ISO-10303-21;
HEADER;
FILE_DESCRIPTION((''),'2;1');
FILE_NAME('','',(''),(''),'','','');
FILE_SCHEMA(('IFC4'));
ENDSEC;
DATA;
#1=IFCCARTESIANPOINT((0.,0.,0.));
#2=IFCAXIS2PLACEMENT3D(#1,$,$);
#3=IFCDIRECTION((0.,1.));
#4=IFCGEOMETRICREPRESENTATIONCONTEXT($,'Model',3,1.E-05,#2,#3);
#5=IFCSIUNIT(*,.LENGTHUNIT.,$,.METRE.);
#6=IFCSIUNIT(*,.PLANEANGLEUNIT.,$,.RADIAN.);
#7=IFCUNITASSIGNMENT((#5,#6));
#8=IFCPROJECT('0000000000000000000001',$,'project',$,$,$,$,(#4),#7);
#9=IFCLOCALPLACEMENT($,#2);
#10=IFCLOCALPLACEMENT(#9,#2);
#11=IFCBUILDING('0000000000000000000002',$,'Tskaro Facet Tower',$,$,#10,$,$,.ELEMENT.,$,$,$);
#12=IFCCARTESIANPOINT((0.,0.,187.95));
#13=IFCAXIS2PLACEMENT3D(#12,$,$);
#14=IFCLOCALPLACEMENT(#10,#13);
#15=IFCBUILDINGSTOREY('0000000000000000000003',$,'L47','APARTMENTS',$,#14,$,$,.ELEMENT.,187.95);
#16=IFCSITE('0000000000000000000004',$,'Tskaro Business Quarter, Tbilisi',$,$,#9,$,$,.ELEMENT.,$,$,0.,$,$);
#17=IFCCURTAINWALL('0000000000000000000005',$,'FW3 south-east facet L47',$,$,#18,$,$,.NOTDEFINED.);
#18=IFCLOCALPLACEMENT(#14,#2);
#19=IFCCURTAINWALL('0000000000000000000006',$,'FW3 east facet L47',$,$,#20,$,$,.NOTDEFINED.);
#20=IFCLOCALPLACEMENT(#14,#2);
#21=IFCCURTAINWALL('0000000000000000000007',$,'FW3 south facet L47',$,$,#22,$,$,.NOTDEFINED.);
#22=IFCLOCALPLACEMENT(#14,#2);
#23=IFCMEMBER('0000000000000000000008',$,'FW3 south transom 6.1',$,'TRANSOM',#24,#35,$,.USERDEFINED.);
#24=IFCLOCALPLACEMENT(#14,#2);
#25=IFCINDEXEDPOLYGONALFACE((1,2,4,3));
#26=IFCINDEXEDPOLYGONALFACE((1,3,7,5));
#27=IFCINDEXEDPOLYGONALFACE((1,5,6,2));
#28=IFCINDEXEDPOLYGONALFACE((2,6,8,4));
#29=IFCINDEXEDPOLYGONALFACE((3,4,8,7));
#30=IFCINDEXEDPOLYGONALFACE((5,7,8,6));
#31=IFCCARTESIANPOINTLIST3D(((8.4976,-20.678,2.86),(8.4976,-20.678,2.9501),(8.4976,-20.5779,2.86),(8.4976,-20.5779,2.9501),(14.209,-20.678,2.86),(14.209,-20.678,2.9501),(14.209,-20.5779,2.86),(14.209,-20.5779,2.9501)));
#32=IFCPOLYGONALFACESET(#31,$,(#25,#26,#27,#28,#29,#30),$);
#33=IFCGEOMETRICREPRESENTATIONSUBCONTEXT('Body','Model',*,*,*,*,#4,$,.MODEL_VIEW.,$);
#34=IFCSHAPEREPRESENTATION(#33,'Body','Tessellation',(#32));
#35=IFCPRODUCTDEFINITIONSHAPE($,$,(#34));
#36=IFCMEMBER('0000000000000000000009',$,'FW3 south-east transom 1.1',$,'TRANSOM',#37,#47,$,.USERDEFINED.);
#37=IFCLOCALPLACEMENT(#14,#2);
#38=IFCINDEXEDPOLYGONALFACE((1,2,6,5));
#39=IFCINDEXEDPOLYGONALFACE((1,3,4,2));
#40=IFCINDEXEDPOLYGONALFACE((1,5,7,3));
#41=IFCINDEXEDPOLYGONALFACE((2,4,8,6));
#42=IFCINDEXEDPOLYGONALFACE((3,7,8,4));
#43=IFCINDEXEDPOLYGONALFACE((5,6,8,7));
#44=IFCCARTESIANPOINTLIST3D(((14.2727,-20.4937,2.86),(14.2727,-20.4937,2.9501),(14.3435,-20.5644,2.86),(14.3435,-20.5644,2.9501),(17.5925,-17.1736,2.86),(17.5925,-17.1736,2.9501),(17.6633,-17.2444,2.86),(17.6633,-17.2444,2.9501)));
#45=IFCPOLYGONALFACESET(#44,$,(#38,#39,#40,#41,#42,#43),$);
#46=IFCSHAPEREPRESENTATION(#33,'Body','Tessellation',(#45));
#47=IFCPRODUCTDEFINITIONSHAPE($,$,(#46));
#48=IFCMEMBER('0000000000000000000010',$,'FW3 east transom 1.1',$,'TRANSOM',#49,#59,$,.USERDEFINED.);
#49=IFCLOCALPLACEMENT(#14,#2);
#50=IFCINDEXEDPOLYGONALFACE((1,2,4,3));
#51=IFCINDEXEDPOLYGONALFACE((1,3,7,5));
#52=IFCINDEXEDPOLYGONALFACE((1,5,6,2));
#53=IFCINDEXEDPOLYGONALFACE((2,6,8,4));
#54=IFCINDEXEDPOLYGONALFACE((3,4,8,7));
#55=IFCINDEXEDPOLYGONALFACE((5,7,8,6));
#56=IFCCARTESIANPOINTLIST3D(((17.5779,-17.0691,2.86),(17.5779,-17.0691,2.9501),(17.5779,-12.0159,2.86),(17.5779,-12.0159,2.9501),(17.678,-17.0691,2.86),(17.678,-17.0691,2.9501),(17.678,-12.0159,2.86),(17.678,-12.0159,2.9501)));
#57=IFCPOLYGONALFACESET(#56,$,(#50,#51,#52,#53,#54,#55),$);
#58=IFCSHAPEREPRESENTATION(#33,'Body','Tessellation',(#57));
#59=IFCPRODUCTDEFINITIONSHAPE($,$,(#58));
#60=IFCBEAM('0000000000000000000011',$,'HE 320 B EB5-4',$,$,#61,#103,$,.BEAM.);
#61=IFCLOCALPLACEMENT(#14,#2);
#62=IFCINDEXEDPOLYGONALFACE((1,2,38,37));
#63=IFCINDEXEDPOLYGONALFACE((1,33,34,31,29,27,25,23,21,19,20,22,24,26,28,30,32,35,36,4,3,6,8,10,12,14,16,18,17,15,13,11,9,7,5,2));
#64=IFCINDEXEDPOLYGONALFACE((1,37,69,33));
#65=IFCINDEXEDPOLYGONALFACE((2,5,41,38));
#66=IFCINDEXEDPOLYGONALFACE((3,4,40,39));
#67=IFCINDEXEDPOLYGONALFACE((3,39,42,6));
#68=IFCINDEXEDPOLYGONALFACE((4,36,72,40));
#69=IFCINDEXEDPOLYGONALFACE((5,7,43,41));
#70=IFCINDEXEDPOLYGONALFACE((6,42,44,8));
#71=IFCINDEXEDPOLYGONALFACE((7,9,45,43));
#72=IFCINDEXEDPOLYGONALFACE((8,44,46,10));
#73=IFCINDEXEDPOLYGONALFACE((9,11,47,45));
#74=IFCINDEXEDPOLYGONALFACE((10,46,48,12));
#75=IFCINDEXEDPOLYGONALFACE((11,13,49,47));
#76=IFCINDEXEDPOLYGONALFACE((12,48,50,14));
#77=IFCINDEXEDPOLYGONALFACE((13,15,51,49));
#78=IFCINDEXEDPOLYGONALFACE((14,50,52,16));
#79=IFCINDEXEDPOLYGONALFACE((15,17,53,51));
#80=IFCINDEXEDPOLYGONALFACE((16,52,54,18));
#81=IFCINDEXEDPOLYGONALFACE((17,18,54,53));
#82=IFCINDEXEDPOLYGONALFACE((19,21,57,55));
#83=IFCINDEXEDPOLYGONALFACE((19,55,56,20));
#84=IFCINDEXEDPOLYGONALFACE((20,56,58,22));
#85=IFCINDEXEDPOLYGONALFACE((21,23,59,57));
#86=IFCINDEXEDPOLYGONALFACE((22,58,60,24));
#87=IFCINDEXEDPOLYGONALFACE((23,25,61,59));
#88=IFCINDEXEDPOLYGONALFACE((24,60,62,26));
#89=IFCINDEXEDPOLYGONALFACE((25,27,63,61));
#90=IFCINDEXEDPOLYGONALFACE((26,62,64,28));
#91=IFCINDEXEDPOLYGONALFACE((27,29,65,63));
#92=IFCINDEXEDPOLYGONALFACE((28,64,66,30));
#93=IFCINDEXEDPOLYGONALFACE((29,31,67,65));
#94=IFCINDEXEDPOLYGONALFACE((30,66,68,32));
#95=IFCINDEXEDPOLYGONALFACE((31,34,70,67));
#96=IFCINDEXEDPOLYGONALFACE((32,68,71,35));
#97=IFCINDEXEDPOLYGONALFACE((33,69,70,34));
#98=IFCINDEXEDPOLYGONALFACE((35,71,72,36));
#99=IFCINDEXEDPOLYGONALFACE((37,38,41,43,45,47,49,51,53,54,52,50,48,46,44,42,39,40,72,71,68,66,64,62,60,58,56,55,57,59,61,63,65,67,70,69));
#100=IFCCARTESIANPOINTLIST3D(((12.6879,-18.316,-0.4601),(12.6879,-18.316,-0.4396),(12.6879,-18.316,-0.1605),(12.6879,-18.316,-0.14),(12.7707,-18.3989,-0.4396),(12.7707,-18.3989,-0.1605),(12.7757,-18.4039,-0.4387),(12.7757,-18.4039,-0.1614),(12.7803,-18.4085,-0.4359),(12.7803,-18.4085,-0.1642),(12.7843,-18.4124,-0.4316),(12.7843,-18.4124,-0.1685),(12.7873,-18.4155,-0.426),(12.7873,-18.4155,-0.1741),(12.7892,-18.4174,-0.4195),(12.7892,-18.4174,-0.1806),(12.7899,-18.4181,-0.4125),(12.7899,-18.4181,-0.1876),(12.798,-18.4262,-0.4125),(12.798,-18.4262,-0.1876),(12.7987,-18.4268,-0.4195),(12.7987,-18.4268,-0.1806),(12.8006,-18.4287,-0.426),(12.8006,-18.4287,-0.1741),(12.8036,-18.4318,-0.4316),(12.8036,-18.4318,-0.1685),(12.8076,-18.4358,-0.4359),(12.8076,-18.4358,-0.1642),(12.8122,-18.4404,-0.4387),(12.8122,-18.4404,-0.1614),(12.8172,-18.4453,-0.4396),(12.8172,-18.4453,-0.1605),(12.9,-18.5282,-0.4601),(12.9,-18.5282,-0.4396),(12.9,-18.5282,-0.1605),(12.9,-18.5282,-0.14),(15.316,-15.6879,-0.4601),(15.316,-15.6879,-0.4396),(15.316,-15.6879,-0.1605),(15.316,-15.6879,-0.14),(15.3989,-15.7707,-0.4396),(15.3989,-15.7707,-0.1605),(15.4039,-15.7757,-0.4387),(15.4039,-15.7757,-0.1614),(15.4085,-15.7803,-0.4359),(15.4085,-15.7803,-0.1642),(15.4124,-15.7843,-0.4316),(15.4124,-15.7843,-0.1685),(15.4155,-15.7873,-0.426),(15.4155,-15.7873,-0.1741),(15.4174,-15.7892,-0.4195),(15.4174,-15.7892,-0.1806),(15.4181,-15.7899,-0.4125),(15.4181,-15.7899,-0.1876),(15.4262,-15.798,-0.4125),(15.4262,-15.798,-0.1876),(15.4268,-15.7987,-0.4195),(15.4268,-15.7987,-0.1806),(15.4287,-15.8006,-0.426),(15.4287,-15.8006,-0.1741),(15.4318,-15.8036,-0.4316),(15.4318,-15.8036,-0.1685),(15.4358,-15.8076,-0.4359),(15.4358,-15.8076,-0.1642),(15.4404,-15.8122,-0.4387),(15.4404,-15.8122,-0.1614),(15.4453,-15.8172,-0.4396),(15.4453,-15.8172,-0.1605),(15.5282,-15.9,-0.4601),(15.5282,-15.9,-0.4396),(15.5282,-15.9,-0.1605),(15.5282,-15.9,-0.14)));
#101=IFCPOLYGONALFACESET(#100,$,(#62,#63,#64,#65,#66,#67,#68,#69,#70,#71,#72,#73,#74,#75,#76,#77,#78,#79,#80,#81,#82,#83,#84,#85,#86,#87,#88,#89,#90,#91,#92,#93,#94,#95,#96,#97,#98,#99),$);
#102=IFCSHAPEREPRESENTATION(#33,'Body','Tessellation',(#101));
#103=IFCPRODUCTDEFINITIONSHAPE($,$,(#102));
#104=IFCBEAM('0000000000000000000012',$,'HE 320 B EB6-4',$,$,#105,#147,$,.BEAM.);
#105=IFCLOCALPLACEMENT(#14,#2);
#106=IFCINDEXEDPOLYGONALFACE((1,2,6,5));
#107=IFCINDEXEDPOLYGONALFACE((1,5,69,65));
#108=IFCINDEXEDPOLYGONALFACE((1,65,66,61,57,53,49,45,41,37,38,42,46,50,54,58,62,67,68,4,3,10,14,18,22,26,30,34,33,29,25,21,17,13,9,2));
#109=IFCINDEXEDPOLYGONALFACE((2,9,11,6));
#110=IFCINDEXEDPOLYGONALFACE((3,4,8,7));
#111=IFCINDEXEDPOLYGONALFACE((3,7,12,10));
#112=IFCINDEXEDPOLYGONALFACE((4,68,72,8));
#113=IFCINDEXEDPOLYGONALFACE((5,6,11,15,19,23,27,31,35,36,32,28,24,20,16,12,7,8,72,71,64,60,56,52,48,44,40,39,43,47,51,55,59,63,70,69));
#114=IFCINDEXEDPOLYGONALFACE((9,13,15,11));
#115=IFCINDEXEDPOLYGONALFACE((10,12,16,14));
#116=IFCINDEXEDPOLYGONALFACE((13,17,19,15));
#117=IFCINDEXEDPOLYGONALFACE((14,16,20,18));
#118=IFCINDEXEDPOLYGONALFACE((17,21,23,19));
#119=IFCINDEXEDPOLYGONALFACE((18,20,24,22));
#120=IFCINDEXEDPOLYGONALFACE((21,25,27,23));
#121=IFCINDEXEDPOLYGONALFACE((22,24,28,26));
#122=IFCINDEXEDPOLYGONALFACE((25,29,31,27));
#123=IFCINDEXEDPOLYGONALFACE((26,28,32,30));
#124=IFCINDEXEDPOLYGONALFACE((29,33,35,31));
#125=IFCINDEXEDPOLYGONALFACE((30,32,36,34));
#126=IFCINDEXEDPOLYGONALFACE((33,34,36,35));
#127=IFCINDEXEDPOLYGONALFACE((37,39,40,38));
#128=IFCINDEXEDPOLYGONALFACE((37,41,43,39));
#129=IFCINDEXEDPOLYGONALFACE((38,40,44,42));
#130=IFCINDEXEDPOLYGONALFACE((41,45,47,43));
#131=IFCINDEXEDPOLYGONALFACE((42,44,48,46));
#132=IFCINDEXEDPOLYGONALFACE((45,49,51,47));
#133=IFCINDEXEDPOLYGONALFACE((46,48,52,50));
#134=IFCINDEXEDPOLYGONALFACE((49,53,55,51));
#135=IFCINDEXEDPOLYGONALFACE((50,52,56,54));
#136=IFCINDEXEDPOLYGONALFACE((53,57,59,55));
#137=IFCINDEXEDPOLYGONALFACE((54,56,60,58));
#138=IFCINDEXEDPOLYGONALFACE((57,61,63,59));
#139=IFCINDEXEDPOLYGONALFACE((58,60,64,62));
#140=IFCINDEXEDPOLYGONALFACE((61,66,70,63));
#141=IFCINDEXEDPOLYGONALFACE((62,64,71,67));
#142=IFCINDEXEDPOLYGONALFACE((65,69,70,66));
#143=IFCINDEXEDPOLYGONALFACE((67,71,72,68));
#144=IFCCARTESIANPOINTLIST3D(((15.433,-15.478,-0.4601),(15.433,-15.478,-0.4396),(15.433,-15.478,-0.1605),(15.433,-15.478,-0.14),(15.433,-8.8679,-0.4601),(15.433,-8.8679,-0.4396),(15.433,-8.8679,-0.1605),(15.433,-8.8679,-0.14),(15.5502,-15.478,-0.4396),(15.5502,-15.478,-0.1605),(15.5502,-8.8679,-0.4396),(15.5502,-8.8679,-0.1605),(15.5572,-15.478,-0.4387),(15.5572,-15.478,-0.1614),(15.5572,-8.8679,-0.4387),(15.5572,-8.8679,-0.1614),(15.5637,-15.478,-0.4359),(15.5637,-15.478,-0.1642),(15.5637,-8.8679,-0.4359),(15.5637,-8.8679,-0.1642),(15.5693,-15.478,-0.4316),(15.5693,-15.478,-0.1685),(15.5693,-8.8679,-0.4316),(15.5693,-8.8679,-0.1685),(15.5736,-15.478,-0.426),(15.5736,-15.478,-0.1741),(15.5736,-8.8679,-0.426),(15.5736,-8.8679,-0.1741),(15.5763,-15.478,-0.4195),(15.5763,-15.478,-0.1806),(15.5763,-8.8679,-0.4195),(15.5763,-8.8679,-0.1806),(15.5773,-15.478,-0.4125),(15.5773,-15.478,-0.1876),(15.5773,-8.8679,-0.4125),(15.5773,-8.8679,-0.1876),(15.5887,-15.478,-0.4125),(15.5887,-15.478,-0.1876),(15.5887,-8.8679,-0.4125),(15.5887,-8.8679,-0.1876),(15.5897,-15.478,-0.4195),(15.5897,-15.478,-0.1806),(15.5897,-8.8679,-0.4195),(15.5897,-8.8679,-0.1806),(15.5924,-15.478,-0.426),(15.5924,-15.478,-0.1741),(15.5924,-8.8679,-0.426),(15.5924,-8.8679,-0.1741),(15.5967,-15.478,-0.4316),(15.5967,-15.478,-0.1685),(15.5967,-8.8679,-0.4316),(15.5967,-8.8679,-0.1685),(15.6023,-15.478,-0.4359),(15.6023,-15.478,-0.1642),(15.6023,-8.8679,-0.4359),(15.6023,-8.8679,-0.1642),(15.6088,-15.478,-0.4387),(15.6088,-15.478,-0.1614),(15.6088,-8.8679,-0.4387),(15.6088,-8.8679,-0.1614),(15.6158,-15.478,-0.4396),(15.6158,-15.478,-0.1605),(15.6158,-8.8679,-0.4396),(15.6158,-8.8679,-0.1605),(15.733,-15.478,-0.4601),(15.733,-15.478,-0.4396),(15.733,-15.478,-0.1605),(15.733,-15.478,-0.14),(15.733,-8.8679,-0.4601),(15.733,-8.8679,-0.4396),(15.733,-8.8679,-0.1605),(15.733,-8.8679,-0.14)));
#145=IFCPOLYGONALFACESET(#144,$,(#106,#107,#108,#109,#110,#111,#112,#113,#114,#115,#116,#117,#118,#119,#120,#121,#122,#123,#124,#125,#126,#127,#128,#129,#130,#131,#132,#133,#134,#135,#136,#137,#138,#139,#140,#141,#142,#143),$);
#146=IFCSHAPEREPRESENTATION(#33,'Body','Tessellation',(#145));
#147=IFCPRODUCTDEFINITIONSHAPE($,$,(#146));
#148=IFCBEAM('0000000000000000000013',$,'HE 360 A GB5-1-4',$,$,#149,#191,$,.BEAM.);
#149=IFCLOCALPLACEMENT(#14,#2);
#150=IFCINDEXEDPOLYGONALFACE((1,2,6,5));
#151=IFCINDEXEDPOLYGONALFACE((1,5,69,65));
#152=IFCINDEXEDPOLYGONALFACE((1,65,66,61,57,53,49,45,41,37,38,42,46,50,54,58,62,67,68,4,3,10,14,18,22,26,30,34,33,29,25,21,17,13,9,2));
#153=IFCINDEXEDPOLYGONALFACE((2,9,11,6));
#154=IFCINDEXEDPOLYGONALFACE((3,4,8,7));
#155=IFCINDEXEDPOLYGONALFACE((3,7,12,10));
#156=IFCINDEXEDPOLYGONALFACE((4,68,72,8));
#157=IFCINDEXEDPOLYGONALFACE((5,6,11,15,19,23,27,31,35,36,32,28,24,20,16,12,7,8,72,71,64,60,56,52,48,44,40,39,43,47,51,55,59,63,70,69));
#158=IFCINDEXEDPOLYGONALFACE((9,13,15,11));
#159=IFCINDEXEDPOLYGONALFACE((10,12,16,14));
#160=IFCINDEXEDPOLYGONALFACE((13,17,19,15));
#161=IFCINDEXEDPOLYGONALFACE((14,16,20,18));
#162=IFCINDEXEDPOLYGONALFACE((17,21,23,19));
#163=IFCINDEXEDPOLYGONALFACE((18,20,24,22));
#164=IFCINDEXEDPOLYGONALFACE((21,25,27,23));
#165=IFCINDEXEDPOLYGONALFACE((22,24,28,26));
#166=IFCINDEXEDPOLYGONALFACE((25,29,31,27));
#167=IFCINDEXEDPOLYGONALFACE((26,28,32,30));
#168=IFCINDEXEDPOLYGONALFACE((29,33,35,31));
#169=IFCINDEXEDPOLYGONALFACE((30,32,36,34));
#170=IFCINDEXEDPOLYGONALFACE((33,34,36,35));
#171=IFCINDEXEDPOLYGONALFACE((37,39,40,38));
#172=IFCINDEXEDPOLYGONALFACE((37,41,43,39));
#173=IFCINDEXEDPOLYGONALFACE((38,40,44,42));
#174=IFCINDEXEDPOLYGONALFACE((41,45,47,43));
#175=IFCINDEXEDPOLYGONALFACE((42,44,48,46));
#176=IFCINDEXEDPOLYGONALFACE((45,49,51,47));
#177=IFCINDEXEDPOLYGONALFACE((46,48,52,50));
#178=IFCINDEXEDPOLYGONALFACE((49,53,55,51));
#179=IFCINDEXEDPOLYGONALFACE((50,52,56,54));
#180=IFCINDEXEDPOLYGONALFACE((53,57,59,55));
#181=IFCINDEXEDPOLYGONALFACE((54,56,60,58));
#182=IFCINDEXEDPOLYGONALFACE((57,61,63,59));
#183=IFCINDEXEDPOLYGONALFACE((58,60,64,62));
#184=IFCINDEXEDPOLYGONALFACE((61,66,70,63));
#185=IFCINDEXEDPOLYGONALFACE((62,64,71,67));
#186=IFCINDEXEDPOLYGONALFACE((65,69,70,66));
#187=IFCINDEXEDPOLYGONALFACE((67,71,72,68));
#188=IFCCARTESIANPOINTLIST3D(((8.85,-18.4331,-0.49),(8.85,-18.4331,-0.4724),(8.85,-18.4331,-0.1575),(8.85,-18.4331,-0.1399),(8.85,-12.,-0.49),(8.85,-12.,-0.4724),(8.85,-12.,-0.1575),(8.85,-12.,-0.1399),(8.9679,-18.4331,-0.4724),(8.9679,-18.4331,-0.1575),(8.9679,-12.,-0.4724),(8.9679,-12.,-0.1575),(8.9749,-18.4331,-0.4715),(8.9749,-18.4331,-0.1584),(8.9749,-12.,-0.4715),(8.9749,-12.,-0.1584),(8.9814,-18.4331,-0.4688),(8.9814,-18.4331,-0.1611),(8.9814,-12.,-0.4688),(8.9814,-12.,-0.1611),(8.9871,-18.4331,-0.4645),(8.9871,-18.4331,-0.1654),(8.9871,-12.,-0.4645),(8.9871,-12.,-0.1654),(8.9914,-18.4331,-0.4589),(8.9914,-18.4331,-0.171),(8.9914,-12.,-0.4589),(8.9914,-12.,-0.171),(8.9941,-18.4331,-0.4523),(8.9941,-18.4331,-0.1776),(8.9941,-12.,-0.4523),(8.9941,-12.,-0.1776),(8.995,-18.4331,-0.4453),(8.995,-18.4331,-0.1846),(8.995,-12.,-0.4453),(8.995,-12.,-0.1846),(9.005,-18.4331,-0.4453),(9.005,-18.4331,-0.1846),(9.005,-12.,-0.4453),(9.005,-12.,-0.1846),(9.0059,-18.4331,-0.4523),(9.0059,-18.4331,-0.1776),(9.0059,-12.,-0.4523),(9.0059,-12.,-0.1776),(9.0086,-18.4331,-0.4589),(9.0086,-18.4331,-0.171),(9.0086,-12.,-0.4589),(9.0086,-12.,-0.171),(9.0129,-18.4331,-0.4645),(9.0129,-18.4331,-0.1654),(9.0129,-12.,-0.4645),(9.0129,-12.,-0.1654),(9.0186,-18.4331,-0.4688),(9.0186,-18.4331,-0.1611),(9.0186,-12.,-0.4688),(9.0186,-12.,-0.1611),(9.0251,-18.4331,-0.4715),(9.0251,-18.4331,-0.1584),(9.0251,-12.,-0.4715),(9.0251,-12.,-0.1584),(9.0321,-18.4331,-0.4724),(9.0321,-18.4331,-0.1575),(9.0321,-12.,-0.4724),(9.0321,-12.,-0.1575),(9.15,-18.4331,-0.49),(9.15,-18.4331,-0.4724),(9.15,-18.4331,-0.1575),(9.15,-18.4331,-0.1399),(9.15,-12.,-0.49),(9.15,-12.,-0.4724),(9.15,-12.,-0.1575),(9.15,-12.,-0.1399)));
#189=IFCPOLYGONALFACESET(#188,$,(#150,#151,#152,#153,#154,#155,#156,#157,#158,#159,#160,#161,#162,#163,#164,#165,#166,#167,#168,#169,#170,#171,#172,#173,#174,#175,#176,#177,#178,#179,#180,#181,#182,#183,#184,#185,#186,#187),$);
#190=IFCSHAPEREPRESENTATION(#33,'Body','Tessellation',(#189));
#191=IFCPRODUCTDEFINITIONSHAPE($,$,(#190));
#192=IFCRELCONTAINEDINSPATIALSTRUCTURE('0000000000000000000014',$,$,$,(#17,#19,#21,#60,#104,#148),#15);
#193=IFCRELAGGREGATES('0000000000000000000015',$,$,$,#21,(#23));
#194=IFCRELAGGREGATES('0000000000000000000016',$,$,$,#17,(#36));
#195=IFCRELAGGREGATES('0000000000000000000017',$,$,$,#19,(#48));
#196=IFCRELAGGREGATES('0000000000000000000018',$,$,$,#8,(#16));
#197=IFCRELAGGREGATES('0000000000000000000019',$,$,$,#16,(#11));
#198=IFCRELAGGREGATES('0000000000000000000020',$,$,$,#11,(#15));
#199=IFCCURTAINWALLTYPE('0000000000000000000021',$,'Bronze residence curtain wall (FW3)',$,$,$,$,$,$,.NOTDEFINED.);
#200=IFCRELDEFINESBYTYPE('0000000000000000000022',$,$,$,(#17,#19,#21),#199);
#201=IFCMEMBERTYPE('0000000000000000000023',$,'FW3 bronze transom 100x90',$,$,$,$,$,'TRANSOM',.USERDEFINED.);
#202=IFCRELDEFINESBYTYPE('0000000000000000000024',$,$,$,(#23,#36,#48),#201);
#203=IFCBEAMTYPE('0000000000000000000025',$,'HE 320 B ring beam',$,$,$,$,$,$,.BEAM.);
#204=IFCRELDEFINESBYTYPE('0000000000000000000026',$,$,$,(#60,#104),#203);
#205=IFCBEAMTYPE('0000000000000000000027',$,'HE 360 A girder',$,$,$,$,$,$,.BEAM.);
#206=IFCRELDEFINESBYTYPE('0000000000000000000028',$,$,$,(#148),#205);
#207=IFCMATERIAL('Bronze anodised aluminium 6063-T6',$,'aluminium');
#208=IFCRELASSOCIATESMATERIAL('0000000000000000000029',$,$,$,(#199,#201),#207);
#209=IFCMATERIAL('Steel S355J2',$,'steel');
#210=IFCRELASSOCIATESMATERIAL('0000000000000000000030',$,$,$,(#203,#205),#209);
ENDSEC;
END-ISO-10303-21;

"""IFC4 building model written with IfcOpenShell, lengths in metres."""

from ifc_helpers import new_model, si_unit, direction, frame, origin, origin_2d, place, context, subcontext, project, spatial, rectangle, i_section, extrude, material, material_profile, profile_set, type_object, element, aggregate, save


model = new_model("IFC4")

# Units and contexts
model_context = context("Model", 3, precision=1e-05, world=origin(), true_north=direction((0.0, 1.0)))
body_context = subcontext(model_context, "Body", "Model", "MODEL_VIEW")
ifc_project = project(units=[si_unit("LENGTHUNIT", "METRE"), si_unit("PLANEANGLEUNIT", "RADIAN")], contexts=[model_context])

# Site, building, storey
site_placement = place(None, origin())
site = spatial("IfcSite", under=ifc_project, at=site_placement, Name="Tskaro Business Quarter, Tbilisi", CompositionType="ELEMENT", RefElevation=0.0)
building_placement = place(site_placement, origin())
building = spatial("IfcBuilding", under=site, at=building_placement, Name="Tskaro Facet Tower", CompositionType="ELEMENT")
storey_placement = place(building_placement, frame((0.0, 0.0, 187.95)))
storey = spatial("IfcBuildingStorey", under=building, at=storey_placement, Name="L47", Description="APARTMENTS", CompositionType="ELEMENT", Elevation=187.95)

# Curtain walls, member
ifc_material_1 = material(Name="Bronze anodised aluminium 6063-T6", Category="aluminium")
curtain_wall_type = type_object("IfcCurtainWallType", Name="Bronze residence curtain wall (FW3)", PredefinedType="NOTDEFINED", material=ifc_material_1)
curtain_wall_1_placement = place(storey_placement, origin())
curtain_wall_1 = element("IfcCurtainWall", 1, at=curtain_wall_1_placement, inside=storey, type_object=curtain_wall_type, Name="FW3 south-east facet L47", PredefinedType="NOTDEFINED")
curtain_wall_2_placement = place(storey_placement, origin())
curtain_wall_2 = element("IfcCurtainWall", 2, at=curtain_wall_2_placement, inside=storey, type_object=curtain_wall_type, Name="FW3 east facet L47", PredefinedType="NOTDEFINED")
curtain_wall_3_placement = place(storey_placement, origin())
curtain_wall_3 = element("IfcCurtainWall", 3, at=curtain_wall_3_placement, inside=storey, type_object=curtain_wall_type, Name="FW3 south facet L47", PredefinedType="NOTDEFINED")
ifc_material_profile_1 = material_profile(ifc_material_1, rectangle(XDim=0.1001, YDim=0.0901, at=origin_2d()), Name="Transom 100x90")
ifc_profile_set_1 = profile_set([ifc_material_profile_1], Name="Bronze anodised aluminium 6063-T6")
member_type_1 = type_object("IfcMemberType", Name="FW3 bronze transom 100x90", ElementType="TRANSOM", PredefinedType="USERDEFINED", material=ifc_profile_set_1)
member_1_placement = place(storey_placement, frame((8.4976, -20.6279, 2.905), z_axis=(1.0, 0.0, 0.0), x_axis=(0.0, 1.0, 0.0)))
member_1 = element("IfcMember", 4, at=member_1_placement, type_object=member_type_1, Name="FW3 south transom 6.1", ObjectType="TRANSOM", PredefinedType="USERDEFINED", context=body_context, shape_type="SweptSolid", body=[
    extrude(rectangle(XDim=0.1001, YDim=0.0901, at=origin_2d()), origin(), (0.0, 0.0, 1.0), 5.7114),
])

# Members
member_2_placement = place(storey_placement, frame((14.3081, -20.5291, 2.905), z_axis=(0.707081, 0.707133, 0.0), x_axis=(-0.707133, 0.707081, 0.0)))
member_2 = element("IfcMember", 5, at=member_2_placement, type_object=member_type_1, Name="FW3 south-east transom 1.1", ObjectType="TRANSOM", PredefinedType="USERDEFINED", context=body_context, shape_type="SweptSolid", body=[
    extrude(rectangle(XDim=0.1001, YDim=0.0901, at=origin_2d()), origin(), (0.0, 0.0, 1.0), 4.6951),
])
member_3_placement = place(storey_placement, frame((17.6279, -17.0691, 2.905), z_axis=(0.0, 1.0, 0.0), x_axis=(-1.0, 0.0, 0.0)))
member_3 = element("IfcMember", 6, at=member_3_placement, type_object=member_type_1, Name="FW3 east transom 1.1", ObjectType="TRANSOM", PredefinedType="USERDEFINED", context=body_context, shape_type="SweptSolid", body=[
    extrude(rectangle(XDim=0.1001, YDim=0.0901, at=origin_2d()), origin(), (0.0, 0.0, 1.0), 5.0532),
])

# Beams
ifc_material_2 = material(Name="Steel S355J2", Category="steel")
ifc_material_profile_2 = material_profile(ifc_material_2, i_section(OverallWidth=0.3, OverallDepth=0.3201, WebThickness=0.0115, FlangeThickness=0.0205, FilletRadius=0.0271, at=origin_2d()), Name="HE 320 B")
ifc_profile_set_2 = profile_set([ifc_material_profile_2], Name="Steel S355J2")
beam_type_1 = type_object("IfcBeamType", Name="HE 320 B ring beam", PredefinedType="BEAM", material=ifc_profile_set_2)
beam_1_placement = place(storey_placement, frame((12.7939, -18.4221, -0.3), z_axis=(0.707107, 0.707107, 0.0), x_axis=(-0.707107, 0.707107, 0.0)))
element("IfcBeam", 7, at=beam_1_placement, inside=storey, type_object=beam_type_1, Name="HE 320 B EB5-4", PredefinedType="BEAM", context=body_context, shape_type="SweptSolid", body=[
    extrude(i_section(OverallWidth=0.3, OverallDepth=0.3201, WebThickness=0.0115, FlangeThickness=0.0205, FilletRadius=0.0271, at=origin_2d()), origin(), (0.0, 0.0, 1.0), 3.7168),
])
beam_2_placement = place(storey_placement, frame((15.583, -15.478, -0.3), z_axis=(0.0, 1.0, 0.0), x_axis=(-1.0, 0.0, 0.0)))
element("IfcBeam", 8, at=beam_2_placement, inside=storey, type_object=beam_type_1, Name="HE 320 B EB6-4", PredefinedType="BEAM", context=body_context, shape_type="SweptSolid", body=[
    extrude(i_section(OverallWidth=0.3, OverallDepth=0.3201, WebThickness=0.0115, FlangeThickness=0.0205, FilletRadius=0.0271, at=origin_2d()), origin(), (0.0, 0.0, 1.0), 6.6101),
])
ifc_material_profile_3 = material_profile(ifc_material_2, i_section(OverallWidth=0.3, OverallDepth=0.3501, WebThickness=0.01, FlangeThickness=0.0176, FilletRadius=0.0271, at=origin_2d()), Name="HE 360 A")
ifc_profile_set_3 = profile_set([ifc_material_profile_3], Name="Steel S355J2")
beam_type_2 = type_object("IfcBeamType", Name="HE 360 A girder", PredefinedType="BEAM", material=ifc_profile_set_3)
beam_3_placement = place(storey_placement, frame((9.0, -18.4331, -0.3149), z_axis=(0.0, 1.0, 0.0), x_axis=(-1.0, 0.0, 0.0)))
element("IfcBeam", 9, at=beam_3_placement, inside=storey, type_object=beam_type_2, Name="HE 360 A GB5-1-4", PredefinedType="BEAM", context=body_context, shape_type="SweptSolid", body=[
    extrude(i_section(OverallWidth=0.3, OverallDepth=0.3501, WebThickness=0.01, FlangeThickness=0.0176, FilletRadius=0.0271, at=origin_2d()), origin(), (0.0, 0.0, 1.0), 6.4331),
])

aggregate(curtain_wall_3, [member_1])
aggregate(curtain_wall_1, [member_2])
aggregate(curtain_wall_2, [member_3])

save(model, "model.ifc")
